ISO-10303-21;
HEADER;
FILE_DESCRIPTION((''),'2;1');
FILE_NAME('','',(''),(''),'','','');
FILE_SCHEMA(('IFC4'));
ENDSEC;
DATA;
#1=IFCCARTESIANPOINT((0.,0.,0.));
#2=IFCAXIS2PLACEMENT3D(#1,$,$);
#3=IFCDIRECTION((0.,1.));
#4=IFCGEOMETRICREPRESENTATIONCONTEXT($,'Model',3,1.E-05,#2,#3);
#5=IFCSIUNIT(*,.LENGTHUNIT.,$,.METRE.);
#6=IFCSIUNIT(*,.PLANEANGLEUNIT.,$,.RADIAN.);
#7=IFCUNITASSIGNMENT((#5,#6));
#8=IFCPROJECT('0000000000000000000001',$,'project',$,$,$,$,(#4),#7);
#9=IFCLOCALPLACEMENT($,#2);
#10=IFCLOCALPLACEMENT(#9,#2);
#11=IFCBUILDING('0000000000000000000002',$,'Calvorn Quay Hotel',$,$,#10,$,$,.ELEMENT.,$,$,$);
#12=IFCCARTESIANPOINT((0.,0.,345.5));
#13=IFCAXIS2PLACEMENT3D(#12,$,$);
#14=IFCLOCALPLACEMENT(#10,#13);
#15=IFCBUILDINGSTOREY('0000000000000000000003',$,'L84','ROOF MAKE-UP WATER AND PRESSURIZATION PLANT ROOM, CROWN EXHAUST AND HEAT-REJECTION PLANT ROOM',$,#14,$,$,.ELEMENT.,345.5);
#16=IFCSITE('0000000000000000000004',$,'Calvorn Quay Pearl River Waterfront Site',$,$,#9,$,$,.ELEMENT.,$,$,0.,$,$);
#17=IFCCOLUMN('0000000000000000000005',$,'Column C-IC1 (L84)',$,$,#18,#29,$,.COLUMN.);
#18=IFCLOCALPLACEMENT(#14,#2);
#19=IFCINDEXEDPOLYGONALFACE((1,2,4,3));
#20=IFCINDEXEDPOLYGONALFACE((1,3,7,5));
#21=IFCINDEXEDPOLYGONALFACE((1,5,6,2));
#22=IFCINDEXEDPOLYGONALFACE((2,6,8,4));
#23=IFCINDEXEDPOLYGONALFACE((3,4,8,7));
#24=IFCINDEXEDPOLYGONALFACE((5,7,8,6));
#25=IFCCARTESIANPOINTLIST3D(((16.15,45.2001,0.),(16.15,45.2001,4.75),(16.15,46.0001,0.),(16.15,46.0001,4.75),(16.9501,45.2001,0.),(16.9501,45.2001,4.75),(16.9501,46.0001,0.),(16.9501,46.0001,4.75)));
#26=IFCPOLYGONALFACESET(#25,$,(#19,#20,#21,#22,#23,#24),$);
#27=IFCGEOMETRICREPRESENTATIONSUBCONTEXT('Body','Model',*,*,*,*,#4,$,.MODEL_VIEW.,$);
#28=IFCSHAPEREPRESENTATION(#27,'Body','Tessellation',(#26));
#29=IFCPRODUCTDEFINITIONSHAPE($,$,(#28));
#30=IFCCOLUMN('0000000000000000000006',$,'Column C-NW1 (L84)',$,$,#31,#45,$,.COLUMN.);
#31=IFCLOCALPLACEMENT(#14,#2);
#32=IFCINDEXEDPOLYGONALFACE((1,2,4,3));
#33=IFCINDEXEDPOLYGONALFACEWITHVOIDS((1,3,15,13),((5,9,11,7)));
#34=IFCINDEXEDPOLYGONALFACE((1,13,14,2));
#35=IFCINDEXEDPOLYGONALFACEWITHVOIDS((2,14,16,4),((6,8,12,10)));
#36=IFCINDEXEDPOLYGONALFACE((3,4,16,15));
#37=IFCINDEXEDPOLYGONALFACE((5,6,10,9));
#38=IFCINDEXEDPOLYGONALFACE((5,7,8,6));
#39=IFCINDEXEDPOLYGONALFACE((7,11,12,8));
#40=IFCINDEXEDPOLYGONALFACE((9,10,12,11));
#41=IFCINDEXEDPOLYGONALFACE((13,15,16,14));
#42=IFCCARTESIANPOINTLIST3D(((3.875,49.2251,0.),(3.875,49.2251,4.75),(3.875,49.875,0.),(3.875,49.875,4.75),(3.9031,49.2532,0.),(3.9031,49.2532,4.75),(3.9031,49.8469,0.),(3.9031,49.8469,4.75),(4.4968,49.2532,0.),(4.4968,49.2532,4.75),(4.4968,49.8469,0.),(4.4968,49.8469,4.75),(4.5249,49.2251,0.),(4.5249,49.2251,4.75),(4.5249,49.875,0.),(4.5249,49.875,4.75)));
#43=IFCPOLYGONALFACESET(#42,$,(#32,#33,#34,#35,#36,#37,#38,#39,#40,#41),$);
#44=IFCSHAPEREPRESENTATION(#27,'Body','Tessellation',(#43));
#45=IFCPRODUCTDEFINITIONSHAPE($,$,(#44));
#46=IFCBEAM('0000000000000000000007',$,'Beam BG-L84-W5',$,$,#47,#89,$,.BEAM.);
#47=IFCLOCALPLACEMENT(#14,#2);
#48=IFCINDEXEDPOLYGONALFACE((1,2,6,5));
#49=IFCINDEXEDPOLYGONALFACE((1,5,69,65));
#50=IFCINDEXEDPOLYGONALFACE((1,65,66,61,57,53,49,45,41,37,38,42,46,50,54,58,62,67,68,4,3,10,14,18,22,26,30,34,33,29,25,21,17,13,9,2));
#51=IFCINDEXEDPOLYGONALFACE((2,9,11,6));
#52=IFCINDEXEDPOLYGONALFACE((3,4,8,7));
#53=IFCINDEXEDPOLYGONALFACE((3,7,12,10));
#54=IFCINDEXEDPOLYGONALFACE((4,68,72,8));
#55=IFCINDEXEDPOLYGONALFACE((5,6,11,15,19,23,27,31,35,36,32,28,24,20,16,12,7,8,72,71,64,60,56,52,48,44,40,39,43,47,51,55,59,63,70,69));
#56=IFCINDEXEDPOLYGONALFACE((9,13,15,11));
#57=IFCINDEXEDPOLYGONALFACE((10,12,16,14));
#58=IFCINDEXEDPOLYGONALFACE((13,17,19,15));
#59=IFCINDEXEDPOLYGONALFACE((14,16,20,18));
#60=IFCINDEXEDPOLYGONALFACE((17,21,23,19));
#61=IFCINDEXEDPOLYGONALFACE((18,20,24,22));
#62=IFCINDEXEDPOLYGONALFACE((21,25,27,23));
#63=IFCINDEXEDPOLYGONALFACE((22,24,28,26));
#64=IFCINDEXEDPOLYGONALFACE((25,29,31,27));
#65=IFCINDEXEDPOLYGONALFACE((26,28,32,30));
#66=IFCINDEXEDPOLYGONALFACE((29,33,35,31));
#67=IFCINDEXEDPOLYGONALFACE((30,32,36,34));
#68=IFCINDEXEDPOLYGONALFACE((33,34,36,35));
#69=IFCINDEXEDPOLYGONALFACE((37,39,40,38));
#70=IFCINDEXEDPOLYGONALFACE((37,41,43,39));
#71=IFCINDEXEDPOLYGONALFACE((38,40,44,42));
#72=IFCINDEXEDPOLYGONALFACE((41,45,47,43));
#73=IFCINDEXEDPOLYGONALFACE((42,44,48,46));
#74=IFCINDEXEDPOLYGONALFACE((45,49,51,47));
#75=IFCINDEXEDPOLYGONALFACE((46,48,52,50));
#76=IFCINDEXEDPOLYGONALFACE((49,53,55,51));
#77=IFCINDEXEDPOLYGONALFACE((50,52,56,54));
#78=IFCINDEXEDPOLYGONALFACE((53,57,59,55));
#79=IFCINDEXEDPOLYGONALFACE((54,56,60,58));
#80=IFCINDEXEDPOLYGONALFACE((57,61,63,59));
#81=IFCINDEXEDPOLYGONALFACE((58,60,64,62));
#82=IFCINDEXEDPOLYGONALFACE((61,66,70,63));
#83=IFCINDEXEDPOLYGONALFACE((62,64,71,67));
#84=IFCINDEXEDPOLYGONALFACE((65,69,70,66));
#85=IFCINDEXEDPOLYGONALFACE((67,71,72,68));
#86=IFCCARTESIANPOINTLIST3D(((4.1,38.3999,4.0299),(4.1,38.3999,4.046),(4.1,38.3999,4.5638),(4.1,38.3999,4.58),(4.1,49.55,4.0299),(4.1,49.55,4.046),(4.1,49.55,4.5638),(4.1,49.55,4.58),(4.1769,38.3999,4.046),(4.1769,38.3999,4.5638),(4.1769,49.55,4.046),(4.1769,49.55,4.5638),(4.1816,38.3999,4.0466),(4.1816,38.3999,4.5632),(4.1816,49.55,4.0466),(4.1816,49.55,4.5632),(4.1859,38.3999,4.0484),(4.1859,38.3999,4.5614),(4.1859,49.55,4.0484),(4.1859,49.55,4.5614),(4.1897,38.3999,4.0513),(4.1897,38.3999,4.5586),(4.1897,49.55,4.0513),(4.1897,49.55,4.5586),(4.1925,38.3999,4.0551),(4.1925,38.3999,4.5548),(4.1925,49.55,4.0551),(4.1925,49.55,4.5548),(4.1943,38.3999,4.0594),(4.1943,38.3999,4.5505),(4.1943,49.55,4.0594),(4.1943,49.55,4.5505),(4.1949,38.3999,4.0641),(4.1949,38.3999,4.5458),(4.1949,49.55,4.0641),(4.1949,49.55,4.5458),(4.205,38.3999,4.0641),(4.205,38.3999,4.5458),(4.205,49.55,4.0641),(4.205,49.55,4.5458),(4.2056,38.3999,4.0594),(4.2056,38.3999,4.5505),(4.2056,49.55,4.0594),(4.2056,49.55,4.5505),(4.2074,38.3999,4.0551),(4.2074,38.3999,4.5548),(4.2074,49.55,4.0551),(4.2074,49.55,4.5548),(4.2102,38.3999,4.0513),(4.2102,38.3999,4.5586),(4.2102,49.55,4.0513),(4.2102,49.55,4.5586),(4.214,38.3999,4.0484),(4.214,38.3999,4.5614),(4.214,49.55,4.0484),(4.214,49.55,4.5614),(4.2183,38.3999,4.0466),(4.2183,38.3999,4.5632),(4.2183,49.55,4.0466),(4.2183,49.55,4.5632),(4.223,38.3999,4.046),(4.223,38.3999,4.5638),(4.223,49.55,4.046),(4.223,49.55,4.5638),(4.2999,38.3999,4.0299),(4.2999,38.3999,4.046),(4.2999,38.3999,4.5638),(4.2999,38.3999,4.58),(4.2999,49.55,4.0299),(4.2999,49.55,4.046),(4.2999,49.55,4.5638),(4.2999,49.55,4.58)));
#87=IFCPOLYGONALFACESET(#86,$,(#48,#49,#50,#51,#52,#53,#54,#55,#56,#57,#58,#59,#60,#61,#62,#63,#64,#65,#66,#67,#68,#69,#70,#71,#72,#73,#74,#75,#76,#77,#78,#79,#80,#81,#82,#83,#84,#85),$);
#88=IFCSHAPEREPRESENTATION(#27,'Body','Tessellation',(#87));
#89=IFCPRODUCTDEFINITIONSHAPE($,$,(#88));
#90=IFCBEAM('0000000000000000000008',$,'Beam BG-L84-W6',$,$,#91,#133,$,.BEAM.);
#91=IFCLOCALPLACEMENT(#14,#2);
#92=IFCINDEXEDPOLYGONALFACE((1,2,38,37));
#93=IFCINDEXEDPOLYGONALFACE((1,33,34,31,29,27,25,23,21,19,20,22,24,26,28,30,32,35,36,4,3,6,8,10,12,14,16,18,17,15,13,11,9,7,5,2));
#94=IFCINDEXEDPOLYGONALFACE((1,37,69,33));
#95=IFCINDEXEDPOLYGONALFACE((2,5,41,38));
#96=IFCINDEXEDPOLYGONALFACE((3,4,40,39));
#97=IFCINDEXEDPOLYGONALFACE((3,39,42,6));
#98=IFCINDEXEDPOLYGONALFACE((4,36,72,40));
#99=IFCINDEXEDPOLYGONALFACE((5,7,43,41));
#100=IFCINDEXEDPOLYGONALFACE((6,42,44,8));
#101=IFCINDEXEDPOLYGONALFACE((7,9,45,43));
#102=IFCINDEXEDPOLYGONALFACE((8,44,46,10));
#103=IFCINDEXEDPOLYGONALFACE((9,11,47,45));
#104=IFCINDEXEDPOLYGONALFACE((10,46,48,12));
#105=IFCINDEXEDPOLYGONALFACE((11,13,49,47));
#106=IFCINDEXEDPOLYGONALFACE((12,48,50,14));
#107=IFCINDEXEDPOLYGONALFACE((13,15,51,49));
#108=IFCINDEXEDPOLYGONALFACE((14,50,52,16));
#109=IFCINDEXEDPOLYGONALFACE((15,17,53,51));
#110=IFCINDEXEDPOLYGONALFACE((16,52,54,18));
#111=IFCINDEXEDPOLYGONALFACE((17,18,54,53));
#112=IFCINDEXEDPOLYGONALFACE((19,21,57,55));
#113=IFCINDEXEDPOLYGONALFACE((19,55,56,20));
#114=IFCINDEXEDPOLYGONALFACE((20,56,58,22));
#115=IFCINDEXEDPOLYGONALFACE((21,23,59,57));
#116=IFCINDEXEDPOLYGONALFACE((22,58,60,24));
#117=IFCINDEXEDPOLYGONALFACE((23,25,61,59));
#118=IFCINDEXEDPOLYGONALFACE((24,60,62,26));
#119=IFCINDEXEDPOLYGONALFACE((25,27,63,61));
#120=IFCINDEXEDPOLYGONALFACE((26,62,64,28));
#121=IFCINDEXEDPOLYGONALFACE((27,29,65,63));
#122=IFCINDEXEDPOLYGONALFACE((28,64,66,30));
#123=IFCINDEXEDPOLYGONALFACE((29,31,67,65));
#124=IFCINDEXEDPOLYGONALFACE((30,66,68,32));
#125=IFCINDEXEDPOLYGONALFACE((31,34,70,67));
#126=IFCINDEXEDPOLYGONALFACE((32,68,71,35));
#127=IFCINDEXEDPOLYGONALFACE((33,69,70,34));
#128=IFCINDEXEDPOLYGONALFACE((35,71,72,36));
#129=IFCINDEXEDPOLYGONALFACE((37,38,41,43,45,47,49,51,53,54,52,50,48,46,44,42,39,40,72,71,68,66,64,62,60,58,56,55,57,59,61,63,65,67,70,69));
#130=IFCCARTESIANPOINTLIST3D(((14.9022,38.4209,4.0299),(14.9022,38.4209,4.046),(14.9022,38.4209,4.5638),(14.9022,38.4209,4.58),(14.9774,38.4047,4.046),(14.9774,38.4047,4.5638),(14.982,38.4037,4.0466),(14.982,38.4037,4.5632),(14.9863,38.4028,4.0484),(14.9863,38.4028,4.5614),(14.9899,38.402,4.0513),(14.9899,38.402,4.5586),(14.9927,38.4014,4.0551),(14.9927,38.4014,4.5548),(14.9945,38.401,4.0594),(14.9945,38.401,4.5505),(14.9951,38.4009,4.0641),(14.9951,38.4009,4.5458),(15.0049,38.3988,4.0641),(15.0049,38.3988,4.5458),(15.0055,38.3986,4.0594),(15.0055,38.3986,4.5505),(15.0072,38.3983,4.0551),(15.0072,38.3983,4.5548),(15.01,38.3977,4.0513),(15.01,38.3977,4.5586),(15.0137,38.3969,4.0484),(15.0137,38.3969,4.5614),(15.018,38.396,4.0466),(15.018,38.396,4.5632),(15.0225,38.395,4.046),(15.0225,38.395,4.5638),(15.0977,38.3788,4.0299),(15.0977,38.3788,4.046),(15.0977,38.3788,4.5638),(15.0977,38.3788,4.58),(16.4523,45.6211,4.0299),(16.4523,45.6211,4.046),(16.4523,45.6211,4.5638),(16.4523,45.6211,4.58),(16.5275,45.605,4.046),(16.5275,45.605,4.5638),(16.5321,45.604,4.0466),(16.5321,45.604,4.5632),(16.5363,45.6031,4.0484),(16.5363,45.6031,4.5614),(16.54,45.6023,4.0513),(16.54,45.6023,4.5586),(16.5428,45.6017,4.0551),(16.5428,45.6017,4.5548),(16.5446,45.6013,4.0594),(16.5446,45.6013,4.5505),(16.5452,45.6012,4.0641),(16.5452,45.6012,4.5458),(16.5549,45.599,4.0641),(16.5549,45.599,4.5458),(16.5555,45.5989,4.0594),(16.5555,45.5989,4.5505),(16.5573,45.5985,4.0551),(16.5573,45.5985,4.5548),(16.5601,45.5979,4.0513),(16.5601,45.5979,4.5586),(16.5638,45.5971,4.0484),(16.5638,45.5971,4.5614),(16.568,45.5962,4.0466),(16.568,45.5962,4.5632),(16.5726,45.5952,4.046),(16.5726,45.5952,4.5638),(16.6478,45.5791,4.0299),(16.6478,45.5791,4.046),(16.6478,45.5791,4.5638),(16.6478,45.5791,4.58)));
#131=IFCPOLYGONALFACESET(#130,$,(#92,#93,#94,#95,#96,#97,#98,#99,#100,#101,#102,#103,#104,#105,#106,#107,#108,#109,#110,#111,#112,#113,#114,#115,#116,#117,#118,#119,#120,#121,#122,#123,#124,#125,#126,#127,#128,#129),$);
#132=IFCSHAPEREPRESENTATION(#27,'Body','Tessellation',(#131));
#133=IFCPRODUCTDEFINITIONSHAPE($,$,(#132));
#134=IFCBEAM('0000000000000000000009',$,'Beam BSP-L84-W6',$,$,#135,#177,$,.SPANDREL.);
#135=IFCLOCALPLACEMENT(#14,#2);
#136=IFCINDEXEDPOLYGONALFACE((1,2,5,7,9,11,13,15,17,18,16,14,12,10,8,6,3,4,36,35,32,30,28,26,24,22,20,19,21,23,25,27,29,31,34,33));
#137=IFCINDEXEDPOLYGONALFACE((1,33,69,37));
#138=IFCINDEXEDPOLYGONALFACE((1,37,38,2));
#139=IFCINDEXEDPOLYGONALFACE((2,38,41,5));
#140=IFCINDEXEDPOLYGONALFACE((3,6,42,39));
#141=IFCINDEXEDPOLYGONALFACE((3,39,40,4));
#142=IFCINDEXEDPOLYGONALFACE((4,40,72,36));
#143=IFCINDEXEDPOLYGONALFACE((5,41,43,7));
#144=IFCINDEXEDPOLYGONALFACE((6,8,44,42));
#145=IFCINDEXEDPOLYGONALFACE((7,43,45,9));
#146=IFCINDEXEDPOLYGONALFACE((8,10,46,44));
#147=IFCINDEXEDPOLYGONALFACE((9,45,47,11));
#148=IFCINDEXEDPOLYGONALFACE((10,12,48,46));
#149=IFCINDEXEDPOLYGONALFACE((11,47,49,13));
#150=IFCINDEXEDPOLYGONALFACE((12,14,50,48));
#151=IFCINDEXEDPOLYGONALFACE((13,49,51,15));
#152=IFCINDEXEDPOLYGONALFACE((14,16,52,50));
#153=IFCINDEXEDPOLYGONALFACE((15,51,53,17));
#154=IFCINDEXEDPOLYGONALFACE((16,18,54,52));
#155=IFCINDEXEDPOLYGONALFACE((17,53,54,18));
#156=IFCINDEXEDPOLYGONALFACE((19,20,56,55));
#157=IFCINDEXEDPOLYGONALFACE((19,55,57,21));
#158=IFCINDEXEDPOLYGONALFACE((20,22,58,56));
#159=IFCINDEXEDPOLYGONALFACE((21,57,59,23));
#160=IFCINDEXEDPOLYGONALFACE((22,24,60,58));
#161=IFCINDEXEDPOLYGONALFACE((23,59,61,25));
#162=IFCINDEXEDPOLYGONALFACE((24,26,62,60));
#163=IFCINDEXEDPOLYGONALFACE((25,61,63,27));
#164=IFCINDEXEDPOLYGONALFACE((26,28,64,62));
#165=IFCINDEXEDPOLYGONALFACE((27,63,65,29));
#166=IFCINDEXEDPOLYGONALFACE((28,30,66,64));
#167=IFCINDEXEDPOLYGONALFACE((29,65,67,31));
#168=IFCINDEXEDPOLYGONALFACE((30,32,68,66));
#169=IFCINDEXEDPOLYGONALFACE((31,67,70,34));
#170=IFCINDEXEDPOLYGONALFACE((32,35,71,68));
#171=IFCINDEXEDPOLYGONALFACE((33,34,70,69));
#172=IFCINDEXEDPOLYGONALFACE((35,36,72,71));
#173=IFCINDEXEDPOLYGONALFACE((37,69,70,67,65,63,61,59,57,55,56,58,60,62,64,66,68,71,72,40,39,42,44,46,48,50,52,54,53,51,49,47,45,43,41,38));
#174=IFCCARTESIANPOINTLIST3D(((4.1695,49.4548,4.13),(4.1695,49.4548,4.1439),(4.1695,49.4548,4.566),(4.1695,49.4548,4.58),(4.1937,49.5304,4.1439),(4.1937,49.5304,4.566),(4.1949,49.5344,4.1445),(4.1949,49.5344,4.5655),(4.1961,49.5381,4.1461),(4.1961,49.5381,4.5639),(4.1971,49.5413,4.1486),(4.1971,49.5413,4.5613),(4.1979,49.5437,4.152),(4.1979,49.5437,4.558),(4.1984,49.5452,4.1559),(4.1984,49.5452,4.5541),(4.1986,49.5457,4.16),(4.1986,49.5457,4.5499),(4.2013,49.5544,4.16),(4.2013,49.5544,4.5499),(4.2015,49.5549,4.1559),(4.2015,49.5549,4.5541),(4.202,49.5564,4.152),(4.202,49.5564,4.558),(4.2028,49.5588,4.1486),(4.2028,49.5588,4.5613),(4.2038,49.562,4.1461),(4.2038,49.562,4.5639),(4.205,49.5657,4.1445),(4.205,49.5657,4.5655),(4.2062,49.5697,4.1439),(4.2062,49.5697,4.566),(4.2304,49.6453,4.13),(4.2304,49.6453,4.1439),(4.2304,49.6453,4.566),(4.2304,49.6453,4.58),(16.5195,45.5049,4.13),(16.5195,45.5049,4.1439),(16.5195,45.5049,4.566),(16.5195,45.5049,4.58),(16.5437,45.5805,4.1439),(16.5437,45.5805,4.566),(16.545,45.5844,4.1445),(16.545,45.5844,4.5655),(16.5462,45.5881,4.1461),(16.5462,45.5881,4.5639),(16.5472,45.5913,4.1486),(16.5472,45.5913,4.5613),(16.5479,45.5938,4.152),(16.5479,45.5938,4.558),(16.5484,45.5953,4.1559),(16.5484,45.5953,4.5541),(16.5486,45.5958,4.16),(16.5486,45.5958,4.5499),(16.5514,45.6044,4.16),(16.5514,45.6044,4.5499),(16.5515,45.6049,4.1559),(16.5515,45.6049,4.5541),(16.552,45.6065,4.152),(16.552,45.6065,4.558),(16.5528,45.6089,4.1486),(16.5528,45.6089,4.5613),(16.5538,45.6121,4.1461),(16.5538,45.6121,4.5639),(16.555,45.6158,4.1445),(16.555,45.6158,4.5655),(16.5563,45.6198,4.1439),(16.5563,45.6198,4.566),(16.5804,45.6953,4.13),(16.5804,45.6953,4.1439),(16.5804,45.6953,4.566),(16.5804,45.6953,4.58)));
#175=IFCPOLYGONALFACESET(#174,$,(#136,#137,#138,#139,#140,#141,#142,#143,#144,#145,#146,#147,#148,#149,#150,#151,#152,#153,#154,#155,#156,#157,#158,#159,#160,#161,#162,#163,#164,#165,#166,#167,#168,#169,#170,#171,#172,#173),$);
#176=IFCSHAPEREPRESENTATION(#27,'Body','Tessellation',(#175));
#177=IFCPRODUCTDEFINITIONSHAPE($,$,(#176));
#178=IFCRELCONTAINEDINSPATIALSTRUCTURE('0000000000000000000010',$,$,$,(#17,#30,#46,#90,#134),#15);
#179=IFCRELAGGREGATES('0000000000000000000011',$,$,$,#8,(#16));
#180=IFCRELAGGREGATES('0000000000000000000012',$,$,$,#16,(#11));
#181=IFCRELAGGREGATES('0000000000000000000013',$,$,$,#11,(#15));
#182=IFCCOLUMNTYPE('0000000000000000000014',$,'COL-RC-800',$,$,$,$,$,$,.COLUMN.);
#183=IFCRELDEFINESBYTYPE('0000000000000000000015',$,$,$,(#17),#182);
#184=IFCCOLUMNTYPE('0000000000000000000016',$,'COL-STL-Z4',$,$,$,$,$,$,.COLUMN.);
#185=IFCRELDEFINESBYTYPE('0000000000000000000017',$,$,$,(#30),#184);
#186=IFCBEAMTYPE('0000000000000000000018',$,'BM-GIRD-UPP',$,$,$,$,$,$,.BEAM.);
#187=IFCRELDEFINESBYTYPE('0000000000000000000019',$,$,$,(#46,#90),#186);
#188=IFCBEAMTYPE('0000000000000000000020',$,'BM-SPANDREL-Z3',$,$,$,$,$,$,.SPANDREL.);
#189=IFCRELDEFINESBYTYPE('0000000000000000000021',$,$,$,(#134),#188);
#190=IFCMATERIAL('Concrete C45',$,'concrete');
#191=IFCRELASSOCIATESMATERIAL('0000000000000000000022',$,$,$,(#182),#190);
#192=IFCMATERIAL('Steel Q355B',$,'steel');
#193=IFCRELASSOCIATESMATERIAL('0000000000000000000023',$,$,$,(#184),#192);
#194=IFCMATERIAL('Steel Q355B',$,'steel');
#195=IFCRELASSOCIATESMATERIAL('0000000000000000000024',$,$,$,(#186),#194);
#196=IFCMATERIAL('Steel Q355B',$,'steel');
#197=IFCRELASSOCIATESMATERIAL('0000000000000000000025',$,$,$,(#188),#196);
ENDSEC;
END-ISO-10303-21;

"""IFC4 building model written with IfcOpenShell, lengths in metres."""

from ifc_helpers import new_model, si_unit, direction, frame, origin, origin_2d, place, context, subcontext, project, spatial, rectangle, hollow_rectangle, i_section, extrude, material, material_profile, profile_set, type_object, element, save


model = new_model("IFC4")

# Units and contexts
model_context = context("Model", 3, precision=1e-05, world=origin(), true_north=direction((0.0, 1.0)))
body_context = subcontext(model_context, "Body", "Model", "MODEL_VIEW")
ifc_project = project(units=[si_unit("LENGTHUNIT", "METRE"), si_unit("PLANEANGLEUNIT", "RADIAN")], contexts=[model_context])

# Site, building, storey
site_placement = place(None, origin())
site = spatial("IfcSite", under=ifc_project, at=site_placement, Name="Calvorn Quay Pearl River Waterfront Site", CompositionType="ELEMENT", RefElevation=0.0)
building_placement = place(site_placement, origin())
building = spatial("IfcBuilding", under=site, at=building_placement, Name="Calvorn Quay Hotel", CompositionType="ELEMENT")
storey_placement = place(building_placement, frame((0.0, 0.0, 345.5)))
storey = spatial("IfcBuildingStorey", under=building, at=storey_placement, Name="L84", Description="ROOF MAKE-UP WATER AND PRESSURIZATION PLANT ROOM, CROWN EXHAUST AND HEAT-REJECTION PLANT ROOM", CompositionType="ELEMENT", Elevation=345.5)

# Columns
ifc_material_1 = material(Name="Concrete C45", Category="concrete")
ifc_material_profile_1 = material_profile(ifc_material_1, rectangle(XDim=0.8, YDim=0.8, at=origin_2d()), Name="RC800x800")
ifc_profile_set_1 = profile_set([ifc_material_profile_1], Name="Concrete C45")
column_type_1 = type_object("IfcColumnType", Name="COL-RC-800", PredefinedType="COLUMN", material=ifc_profile_set_1)
column_1_placement = place(storey_placement, frame((16.55, 45.6001, 0.0), z_axis=(0.0, 0.0, 1.0), x_axis=(1.0, 0.0, 0.0)))
element("IfcColumn", 1, at=column_1_placement, inside=storey, type_object=column_type_1, Name="Column C-IC1 (L84)", PredefinedType="COLUMN", context=body_context, shape_type="SweptSolid", body=[
    extrude(rectangle(XDim=0.8, YDim=0.8, at=origin_2d()), origin(), (0.0, 0.0, 1.0), 4.75),
])
ifc_material_2 = material(Name="Steel Q355B", Category="steel")
ifc_material_profile_2 = material_profile(ifc_material_2, hollow_rectangle(XDim=0.6499, YDim=0.6499, WallThickness=0.0281, at=origin_2d()), Name="BOX650x650x28")
ifc_profile_set_2 = profile_set([ifc_material_profile_2], Name="Steel Q355B")
column_type_2 = type_object("IfcColumnType", Name="COL-STL-Z4", PredefinedType="COLUMN", material=ifc_profile_set_2)
column_2_placement = place(storey_placement, frame((4.2, 49.55, 0.0), z_axis=(0.0, 0.0, 1.0), x_axis=(1.0, 0.0, 0.0)))
element("IfcColumn", 2, at=column_2_placement, inside=storey, type_object=column_type_2, Name="Column C-NW1 (L84)", PredefinedType="COLUMN", context=body_context, shape_type="SweptSolid", body=[
    extrude(hollow_rectangle(XDim=0.6499, YDim=0.6499, WallThickness=0.0281, at=origin_2d()), origin(), (0.0, 0.0, 1.0), 4.75),
])

# Beams
ifc_material_3 = material(Name="Steel Q355B", Category="steel")
ifc_material_profile_3 = material_profile(ifc_material_3, i_section(OverallWidth=0.2, OverallDepth=0.55, WebThickness=0.01, FlangeThickness=0.0161, FilletRadius=0.0181, at=origin_2d()), Name="HN550x200x10x16")
ifc_profile_set_3 = profile_set([ifc_material_profile_3], Name="Steel Q355B")
beam_type_1 = type_object("IfcBeamType", Name="BM-GIRD-UPP", PredefinedType="BEAM", material=ifc_profile_set_3)
beam_1_placement = place(storey_placement, frame((4.2, 49.55, 4.3049), z_axis=(0.0, -1.0, 0.0), x_axis=(1.0, 0.0, 0.0)))
element("IfcBeam", 3, at=beam_1_placement, inside=storey, type_object=beam_type_1, Name="Beam BG-L84-W5", PredefinedType="BEAM", context=body_context, shape_type="SweptSolid", body=[
    extrude(i_section(OverallWidth=0.2, OverallDepth=0.55, WebThickness=0.01, FlangeThickness=0.0161, FilletRadius=0.0181, at=origin_2d()), origin(), (0.0, 0.0, 1.0), 11.1501),
])
beam_2_placement = place(storey_placement, frame((16.55, 45.6001, 4.3049), z_axis=(-0.210457, -0.977603, 0.0), x_axis=(0.977603, -0.210457, 0.0)))
element("IfcBeam", 4, at=beam_2_placement, inside=storey, type_object=beam_type_1, Name="Beam BG-L84-W6", PredefinedType="BEAM", context=body_context, shape_type="SweptSolid", body=[
    extrude(i_section(OverallWidth=0.2, OverallDepth=0.55, WebThickness=0.01, FlangeThickness=0.0161, FilletRadius=0.0181, at=origin_2d()), origin(), (0.0, 0.0, 1.0), 7.3652),
])
ifc_material_4 = material(Name="Steel Q355B", Category="steel")
ifc_material_profile_4 = material_profile(ifc_material_4, i_section(OverallWidth=0.2, OverallDepth=0.45, WebThickness=0.009, FlangeThickness=0.0139, FilletRadius=0.0161, at=origin_2d()), Name="HN450x200x9x14")
ifc_profile_set_4 = profile_set([ifc_material_profile_4], Name="Steel Q355B")
beam_type_2 = type_object("IfcBeamType", Name="BM-SPANDREL-Z3", PredefinedType="SPANDREL", material=ifc_profile_set_4)
beam_3_placement = place(storey_placement, frame((4.2, 49.55, 4.355), z_axis=(0.952471, -0.30463, 0.0), x_axis=(0.30463, 0.952471, 0.0)))
element("IfcBeam", 5, at=beam_3_placement, inside=storey, type_object=beam_type_2, Name="Beam BSP-L84-W6", PredefinedType="SPANDREL", context=body_context, shape_type="SweptSolid", body=[
    extrude(i_section(OverallWidth=0.2, OverallDepth=0.45, WebThickness=0.009, FlangeThickness=0.0139, FilletRadius=0.0161, at=origin_2d()), origin(), (0.0, 0.0, 1.0), 12.9663),
])

save(model, "model.ifc")
